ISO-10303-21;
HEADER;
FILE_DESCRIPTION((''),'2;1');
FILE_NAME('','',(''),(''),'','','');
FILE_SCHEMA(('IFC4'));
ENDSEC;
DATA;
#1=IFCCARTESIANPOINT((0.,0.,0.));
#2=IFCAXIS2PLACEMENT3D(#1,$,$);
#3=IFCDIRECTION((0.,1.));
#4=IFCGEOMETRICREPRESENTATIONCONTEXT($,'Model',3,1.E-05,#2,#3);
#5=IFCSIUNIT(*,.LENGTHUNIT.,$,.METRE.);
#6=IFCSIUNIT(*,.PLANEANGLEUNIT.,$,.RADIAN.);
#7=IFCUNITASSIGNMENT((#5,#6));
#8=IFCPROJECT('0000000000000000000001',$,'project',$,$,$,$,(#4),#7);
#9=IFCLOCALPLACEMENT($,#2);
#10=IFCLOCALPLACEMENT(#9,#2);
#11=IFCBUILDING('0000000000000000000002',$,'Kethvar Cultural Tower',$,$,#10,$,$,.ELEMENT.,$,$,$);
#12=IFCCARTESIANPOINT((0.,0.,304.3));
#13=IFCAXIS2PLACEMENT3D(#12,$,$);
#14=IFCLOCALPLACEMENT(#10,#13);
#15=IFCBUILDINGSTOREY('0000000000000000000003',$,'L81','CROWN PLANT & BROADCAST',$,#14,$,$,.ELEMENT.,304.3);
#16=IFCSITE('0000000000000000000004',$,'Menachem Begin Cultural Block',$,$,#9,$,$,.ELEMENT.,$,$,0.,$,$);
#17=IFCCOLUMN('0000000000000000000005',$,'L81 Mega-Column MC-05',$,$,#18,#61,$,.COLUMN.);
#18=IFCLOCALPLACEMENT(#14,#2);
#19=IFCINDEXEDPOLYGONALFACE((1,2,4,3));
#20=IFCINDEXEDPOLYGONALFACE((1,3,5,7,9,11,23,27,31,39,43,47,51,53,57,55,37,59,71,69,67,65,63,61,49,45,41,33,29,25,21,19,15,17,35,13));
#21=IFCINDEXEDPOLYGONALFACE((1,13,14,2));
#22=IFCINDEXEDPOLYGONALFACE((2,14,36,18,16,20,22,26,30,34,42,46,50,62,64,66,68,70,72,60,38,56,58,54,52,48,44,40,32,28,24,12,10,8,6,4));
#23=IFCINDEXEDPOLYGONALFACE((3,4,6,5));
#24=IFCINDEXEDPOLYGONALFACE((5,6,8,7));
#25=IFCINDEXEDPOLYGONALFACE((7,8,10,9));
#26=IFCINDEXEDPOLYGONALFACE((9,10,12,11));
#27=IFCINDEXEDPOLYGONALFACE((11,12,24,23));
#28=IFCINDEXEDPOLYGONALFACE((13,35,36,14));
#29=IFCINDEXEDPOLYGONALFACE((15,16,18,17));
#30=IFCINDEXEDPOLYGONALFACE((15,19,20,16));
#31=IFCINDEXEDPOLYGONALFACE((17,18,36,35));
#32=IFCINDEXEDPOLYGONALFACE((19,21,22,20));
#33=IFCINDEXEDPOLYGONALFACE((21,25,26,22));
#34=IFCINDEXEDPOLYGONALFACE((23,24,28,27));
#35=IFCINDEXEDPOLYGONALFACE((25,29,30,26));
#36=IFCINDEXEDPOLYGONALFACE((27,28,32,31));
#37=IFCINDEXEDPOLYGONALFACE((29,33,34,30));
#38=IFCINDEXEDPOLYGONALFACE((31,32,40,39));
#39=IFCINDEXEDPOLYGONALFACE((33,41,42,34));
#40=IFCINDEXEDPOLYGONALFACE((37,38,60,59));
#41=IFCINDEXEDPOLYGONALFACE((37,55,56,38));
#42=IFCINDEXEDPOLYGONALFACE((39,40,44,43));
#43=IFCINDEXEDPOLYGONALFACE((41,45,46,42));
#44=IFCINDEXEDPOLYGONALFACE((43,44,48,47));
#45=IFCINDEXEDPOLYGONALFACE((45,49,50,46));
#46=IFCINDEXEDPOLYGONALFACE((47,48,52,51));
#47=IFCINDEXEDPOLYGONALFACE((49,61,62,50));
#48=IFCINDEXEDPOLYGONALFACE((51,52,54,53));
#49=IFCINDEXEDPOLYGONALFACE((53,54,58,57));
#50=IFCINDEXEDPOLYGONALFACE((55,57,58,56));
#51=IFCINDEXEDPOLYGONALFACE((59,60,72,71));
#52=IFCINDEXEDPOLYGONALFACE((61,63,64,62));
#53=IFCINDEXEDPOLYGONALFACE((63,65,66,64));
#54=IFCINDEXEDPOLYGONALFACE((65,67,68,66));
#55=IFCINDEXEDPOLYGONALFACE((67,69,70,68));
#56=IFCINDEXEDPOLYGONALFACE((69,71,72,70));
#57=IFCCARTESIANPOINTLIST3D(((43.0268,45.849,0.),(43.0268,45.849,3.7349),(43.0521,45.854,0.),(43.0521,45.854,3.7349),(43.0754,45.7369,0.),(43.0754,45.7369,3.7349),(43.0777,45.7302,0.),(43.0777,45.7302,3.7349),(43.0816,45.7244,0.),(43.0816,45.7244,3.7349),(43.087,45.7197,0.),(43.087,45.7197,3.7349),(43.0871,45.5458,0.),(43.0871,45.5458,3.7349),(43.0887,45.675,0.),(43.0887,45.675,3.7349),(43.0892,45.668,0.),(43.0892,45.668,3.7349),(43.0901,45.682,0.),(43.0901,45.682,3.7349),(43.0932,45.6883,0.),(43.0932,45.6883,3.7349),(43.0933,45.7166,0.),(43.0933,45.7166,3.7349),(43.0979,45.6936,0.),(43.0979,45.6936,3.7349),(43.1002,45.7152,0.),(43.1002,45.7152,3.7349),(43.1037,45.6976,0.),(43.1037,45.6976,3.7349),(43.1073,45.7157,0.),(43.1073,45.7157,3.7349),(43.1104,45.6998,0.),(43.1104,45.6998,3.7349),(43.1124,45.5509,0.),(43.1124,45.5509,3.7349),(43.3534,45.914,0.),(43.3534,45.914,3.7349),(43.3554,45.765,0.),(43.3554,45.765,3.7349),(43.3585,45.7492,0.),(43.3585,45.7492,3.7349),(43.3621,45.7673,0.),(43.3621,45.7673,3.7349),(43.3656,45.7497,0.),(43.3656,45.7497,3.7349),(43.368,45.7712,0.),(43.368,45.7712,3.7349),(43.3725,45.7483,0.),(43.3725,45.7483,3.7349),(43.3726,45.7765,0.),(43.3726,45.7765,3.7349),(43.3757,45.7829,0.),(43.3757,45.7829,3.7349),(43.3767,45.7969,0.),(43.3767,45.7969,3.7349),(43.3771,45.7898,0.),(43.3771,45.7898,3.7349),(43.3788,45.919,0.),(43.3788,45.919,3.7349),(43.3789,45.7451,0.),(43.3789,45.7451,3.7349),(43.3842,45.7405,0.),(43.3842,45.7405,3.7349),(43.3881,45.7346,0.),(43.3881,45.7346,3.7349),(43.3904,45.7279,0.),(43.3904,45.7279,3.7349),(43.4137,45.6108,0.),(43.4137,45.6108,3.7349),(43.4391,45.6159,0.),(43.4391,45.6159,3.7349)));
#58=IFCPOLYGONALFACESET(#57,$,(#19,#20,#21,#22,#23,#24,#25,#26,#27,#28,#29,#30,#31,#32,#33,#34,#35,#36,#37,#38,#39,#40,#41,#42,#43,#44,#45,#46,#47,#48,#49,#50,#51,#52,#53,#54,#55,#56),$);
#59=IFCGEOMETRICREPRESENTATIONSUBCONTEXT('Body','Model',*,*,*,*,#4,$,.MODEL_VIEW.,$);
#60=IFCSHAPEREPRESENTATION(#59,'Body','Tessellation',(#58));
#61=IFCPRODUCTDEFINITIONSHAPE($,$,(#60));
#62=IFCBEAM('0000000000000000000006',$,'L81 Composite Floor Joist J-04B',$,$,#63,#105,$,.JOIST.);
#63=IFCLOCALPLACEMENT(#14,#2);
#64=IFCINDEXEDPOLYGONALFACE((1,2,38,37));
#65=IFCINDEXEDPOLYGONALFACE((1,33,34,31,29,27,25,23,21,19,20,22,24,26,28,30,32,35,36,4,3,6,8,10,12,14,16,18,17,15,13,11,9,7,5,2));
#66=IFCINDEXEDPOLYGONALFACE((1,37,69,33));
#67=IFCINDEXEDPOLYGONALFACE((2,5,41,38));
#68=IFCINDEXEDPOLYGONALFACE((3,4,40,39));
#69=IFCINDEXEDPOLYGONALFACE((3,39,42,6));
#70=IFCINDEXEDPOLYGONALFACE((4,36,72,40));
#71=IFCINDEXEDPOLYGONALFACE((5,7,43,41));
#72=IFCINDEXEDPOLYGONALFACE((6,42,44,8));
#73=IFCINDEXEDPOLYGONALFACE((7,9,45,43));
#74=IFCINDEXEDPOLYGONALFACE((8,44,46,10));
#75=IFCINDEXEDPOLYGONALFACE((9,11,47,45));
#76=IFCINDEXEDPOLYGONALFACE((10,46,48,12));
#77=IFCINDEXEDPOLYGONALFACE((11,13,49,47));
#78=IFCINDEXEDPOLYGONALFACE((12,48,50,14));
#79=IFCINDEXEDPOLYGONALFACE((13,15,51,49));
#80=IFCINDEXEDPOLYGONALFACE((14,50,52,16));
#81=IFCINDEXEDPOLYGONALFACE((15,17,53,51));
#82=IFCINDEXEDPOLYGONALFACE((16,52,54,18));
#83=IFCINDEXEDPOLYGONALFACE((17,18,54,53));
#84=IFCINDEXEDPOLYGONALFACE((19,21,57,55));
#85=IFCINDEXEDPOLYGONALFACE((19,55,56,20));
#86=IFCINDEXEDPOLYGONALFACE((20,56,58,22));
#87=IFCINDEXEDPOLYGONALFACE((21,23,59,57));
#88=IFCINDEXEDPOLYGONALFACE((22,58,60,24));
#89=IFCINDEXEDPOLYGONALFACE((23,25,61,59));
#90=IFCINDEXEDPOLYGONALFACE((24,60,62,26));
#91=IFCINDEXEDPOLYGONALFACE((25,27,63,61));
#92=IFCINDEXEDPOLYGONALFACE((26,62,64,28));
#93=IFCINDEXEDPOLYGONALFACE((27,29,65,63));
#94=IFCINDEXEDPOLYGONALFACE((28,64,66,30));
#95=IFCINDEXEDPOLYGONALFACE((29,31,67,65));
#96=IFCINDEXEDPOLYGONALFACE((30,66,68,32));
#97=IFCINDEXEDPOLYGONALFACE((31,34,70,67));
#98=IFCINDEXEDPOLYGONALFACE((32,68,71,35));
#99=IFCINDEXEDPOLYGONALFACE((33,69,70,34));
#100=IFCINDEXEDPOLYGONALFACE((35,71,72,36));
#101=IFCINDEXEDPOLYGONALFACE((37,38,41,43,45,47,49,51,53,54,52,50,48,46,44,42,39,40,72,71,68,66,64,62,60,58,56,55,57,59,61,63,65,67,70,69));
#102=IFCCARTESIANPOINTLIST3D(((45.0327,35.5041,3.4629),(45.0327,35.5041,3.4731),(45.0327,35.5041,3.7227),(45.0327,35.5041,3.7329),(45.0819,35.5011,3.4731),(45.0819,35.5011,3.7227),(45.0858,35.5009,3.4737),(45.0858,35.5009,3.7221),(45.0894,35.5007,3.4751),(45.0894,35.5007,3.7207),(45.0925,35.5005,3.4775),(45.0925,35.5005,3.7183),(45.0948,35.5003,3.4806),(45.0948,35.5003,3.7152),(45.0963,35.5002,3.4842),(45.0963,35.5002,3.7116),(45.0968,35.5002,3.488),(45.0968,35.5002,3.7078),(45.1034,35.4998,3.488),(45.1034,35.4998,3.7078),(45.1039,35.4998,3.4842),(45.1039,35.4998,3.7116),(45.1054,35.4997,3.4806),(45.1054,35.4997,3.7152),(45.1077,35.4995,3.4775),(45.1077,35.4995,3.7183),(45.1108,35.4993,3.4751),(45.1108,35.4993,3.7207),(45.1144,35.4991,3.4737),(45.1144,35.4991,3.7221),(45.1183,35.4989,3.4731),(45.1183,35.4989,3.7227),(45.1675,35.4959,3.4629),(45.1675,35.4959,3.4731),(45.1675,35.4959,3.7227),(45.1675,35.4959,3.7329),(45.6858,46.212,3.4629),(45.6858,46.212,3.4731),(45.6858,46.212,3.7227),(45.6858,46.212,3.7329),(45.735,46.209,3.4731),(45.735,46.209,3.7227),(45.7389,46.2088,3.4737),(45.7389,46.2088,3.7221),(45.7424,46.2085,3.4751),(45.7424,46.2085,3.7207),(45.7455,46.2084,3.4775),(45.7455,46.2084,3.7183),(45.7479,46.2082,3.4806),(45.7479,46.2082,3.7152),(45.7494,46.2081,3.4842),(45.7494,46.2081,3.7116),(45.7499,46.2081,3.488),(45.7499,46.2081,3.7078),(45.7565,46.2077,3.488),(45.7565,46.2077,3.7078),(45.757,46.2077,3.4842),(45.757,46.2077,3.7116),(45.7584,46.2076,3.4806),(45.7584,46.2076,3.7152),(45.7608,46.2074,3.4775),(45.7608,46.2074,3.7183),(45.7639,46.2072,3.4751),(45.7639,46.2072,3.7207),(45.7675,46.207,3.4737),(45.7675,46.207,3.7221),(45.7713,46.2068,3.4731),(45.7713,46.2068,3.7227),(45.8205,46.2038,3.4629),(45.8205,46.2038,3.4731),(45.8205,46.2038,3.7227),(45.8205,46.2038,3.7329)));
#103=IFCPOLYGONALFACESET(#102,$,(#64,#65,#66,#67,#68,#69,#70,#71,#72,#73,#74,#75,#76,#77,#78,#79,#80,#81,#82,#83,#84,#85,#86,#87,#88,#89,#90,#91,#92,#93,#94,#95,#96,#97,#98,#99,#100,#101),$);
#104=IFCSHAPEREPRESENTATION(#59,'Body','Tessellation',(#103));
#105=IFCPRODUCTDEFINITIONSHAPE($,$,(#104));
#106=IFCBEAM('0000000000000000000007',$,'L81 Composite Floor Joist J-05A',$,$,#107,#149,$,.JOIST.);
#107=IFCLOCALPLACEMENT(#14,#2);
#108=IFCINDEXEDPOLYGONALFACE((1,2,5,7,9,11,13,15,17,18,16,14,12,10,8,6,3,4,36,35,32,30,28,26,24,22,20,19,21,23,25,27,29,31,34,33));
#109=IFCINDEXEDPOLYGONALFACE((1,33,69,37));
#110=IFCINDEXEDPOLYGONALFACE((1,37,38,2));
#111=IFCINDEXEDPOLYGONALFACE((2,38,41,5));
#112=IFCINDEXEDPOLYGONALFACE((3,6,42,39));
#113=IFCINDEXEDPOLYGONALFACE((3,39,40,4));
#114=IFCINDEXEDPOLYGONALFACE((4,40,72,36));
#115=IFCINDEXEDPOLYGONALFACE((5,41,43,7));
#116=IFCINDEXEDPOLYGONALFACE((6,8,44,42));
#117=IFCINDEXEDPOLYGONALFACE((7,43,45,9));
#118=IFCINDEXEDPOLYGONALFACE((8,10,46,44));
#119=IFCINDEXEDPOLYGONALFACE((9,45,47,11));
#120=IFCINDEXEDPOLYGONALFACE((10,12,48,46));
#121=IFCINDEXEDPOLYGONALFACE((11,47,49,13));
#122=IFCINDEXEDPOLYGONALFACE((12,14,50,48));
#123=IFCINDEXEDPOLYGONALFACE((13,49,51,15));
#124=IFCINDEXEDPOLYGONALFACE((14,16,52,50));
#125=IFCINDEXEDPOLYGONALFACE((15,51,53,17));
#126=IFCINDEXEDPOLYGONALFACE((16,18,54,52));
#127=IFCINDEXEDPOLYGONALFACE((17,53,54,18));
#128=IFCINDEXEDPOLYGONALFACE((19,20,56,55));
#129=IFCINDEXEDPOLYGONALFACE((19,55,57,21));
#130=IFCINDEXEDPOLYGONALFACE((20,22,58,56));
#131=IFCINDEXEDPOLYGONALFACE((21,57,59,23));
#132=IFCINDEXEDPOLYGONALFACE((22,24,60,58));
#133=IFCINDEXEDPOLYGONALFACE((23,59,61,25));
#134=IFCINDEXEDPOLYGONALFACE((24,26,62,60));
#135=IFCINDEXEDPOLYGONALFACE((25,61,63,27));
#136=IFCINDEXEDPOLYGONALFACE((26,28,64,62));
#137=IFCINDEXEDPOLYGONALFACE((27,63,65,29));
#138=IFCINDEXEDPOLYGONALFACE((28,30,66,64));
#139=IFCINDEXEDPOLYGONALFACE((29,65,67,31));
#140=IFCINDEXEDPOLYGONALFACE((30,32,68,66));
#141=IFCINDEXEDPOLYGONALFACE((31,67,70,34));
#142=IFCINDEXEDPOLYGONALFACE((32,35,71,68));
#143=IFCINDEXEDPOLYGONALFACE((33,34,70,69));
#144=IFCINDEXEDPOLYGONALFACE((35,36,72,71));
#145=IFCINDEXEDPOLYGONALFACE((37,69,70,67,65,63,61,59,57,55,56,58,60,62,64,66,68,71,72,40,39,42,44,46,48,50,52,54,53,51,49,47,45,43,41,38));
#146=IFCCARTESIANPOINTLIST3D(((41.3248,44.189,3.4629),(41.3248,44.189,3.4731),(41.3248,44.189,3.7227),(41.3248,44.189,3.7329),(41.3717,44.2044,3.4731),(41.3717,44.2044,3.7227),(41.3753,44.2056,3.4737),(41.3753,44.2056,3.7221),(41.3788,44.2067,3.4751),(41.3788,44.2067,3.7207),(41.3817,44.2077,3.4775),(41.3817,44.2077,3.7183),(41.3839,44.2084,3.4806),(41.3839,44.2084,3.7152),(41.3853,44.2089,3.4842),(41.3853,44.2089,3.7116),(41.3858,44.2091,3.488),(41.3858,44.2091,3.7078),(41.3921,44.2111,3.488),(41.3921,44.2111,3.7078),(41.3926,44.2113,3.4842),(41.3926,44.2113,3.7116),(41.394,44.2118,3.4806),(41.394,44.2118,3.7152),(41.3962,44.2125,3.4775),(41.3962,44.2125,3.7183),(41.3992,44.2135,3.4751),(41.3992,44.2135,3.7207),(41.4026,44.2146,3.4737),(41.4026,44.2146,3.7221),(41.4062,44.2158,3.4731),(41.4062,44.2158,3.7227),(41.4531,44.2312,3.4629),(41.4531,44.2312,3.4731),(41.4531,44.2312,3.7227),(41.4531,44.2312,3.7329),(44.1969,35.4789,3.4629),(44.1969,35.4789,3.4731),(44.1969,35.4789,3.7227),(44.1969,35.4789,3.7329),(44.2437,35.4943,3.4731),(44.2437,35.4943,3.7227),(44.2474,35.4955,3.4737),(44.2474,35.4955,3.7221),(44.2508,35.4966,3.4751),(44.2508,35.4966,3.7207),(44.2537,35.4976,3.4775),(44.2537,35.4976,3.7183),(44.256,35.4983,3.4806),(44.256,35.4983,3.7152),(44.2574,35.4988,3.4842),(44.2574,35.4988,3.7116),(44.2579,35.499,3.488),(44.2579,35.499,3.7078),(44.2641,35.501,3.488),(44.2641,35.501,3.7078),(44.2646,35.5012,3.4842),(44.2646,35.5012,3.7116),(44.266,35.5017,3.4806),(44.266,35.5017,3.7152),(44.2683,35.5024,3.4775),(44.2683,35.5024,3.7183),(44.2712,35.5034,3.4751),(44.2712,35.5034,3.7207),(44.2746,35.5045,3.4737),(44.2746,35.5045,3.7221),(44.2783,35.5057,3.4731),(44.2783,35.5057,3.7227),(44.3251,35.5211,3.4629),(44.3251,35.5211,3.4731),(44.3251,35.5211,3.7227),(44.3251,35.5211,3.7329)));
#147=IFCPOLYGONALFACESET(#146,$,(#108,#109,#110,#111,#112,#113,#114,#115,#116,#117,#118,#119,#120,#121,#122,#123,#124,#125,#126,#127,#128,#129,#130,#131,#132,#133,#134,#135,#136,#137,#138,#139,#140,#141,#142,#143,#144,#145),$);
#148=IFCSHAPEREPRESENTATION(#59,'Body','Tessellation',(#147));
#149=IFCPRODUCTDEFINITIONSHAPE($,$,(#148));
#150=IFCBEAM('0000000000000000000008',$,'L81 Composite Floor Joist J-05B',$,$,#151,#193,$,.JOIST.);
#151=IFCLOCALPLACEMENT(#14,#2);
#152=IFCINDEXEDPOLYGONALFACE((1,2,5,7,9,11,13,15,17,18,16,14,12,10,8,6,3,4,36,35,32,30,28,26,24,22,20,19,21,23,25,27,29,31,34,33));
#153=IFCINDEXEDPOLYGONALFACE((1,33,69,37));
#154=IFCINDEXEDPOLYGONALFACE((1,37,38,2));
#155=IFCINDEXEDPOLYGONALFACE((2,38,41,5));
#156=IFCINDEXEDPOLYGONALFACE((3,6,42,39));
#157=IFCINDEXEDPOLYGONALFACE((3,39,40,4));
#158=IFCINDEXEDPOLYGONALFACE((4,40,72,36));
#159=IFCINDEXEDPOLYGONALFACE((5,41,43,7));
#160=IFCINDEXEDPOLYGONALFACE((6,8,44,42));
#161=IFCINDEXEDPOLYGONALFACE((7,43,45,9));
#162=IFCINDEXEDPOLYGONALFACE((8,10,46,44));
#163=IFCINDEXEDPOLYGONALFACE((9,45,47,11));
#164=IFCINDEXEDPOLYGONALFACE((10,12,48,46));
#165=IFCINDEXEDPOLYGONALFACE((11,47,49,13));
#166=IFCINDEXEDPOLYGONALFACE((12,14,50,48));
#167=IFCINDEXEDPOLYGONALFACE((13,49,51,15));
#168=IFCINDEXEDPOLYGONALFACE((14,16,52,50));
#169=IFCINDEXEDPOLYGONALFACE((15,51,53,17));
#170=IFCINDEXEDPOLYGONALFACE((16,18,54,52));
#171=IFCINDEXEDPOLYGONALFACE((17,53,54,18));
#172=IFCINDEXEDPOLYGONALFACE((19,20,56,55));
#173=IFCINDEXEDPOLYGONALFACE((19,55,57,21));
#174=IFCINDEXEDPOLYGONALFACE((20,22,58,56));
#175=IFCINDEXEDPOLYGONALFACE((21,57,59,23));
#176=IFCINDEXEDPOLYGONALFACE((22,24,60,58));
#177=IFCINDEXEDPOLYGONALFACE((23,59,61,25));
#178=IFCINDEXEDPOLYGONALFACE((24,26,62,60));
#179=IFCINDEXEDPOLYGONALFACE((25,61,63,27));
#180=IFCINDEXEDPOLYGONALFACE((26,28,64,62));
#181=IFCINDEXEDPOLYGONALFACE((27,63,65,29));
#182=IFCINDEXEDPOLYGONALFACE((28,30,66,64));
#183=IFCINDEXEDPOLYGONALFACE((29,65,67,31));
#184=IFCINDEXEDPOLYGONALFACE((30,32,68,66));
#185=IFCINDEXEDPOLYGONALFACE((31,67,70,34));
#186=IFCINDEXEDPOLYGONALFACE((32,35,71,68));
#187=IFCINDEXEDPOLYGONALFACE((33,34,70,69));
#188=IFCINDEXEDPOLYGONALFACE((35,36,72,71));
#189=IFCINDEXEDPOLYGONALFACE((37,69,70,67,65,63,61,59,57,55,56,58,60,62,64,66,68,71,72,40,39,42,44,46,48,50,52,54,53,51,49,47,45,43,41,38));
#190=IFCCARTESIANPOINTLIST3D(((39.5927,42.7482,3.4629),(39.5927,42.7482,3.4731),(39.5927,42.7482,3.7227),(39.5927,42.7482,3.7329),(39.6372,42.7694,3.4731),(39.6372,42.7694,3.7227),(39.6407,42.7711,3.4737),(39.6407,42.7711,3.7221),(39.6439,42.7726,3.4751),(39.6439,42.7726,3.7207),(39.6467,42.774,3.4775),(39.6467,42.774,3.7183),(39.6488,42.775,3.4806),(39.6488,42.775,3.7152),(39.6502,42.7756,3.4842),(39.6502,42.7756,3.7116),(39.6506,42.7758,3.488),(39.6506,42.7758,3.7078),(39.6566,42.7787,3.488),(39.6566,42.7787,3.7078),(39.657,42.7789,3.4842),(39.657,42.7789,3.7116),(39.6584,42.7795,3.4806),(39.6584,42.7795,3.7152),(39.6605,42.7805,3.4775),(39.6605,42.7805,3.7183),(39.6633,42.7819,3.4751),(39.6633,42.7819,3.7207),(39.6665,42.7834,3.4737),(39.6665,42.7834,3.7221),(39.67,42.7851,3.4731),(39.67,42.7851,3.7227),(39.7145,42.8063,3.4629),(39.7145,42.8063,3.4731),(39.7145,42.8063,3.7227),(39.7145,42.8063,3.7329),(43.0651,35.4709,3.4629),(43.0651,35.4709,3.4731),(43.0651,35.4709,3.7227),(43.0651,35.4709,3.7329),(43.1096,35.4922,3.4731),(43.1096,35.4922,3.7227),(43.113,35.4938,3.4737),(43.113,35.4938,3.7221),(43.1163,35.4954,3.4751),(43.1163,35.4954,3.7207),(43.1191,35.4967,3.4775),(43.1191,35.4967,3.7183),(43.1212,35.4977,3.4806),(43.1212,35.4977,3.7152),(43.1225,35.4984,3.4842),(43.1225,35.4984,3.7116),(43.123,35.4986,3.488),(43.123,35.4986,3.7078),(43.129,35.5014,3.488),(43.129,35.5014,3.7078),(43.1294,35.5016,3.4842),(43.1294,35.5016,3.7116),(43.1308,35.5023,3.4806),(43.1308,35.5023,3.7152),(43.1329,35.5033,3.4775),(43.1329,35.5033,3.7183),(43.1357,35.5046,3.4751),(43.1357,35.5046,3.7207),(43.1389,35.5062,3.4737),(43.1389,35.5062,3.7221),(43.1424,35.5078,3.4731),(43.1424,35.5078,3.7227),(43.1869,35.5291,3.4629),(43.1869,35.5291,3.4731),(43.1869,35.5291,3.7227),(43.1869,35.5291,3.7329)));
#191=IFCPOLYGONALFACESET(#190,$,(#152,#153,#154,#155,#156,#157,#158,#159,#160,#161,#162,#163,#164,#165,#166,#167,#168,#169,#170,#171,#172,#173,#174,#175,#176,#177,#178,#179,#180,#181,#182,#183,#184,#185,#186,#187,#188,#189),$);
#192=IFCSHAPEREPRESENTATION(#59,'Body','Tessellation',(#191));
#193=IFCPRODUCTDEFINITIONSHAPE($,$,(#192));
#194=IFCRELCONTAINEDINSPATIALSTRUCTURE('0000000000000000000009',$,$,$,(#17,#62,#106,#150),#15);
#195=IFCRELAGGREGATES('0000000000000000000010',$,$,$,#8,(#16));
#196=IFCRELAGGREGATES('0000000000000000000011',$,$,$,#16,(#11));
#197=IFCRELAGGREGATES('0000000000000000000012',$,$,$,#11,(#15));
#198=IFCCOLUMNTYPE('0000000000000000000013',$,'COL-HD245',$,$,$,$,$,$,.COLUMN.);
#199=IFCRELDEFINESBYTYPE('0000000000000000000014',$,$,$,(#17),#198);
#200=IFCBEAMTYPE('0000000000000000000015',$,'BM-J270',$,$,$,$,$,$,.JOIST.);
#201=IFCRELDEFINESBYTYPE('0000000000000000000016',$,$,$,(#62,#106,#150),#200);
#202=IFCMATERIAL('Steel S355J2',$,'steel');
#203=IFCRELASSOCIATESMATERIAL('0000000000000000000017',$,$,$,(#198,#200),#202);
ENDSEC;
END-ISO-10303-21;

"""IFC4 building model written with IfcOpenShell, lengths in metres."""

from ifc_helpers import new_model, si_unit, direction, frame, origin, origin_2d, place, context, subcontext, project, spatial, i_section, extrude, source, transform, mapped, material, material_profile, profile_set, type_object, element, save


model = new_model("IFC4")

# Units and contexts
model_context = context("Model", 3, precision=1e-05, world=origin(), true_north=direction((0.0, 1.0)))
body_context = subcontext(model_context, "Body", "Model", "MODEL_VIEW")
ifc_project = project(units=[si_unit("LENGTHUNIT", "METRE"), si_unit("PLANEANGLEUNIT", "RADIAN")], contexts=[model_context])

# Site, building, storey
site_placement = place(None, origin())
site = spatial("IfcSite", under=ifc_project, at=site_placement, Name="Menachem Begin Cultural Block", CompositionType="ELEMENT", RefElevation=0.0)
building_placement = place(site_placement, origin())
building = spatial("IfcBuilding", under=site, at=building_placement, Name="Kethvar Cultural Tower", CompositionType="ELEMENT")
storey_placement = place(building_placement, frame((0.0, 0.0, 304.3)))
storey = spatial("IfcBuildingStorey", under=building, at=storey_placement, Name="L81", Description="CROWN PLANT & BROADCAST", CompositionType="ELEMENT", Elevation=304.3)

# Column
ifc_material_1 = material(Name="Steel S355J2", Category="steel")
ifc_material_profile_1 = material_profile(ifc_material_1, i_section(OverallWidth=0.3091, OverallDepth=0.3589, WebThickness=0.0161, FlangeThickness=0.0259, FilletRadius=0.0271, at=origin_2d()), Name="Steel S355J2 — HD320x245")
ifc_profile_set_1 = profile_set([ifc_material_profile_1], Name="Steel S355J2 — HD320x245")
column_type = type_object("IfcColumnType", Name="COL-HD245", PredefinedType="COLUMN", material=ifc_profile_set_1)
shared_shape_1 = source(origin(), body_context, "Body", "SweptSolid", [
    extrude(i_section(OverallWidth=0.3091, OverallDepth=0.3589, WebThickness=0.0161, FlangeThickness=0.0259, FilletRadius=0.0271, at=origin_2d()), origin(), (0.0, 0.0, 1.0), 3.7349),
])
column_placement = place(storey_placement, frame((43.2329, 45.7324, 0.0), z_axis=(0.0, 0.0, 1.0), x_axis=(-0.19509, 0.980785, 0.0)))
element("IfcColumn", 1, at=column_placement, inside=storey, type_object=column_type, Name="L81 Mega-Column MC-05", PredefinedType="COLUMN", context=body_context, shape_type="MappedRepresentation", body=[
    mapped(shared_shape_1, transform((0.0, 0.0, 0.0), scale=1.0)),
])

# Beams
ifc_material_profile_2 = material_profile(ifc_material_1, i_section(OverallWidth=0.135, OverallDepth=0.27, WebThickness=0.0066, FlangeThickness=0.0103, FilletRadius=0.0149, at=origin_2d()), Name="Steel S355J2 — IPE270")
ifc_profile_set_2 = profile_set([ifc_material_profile_2], Name="Steel S355J2 — IPE270")
beam_type_1 = type_object("IfcBeamType", Name="BM-J270", PredefinedType="JOIST", material=ifc_profile_set_2)
shared_shape_2 = source(origin(), body_context, "Body", "SweptSolid", [
    extrude(i_section(OverallWidth=0.135, OverallDepth=0.27, WebThickness=0.0066, FlangeThickness=0.0103, FilletRadius=0.0149, at=origin_2d()), origin(), (0.0, 0.0, 1.0), 10.7278),
])
beam_1_placement = place(storey_placement, frame((45.1001, 35.5, 3.5979), z_axis=(0.060876, 0.998145, 0.0), x_axis=(-0.998145, 0.060876, 0.0)))
element("IfcBeam", 2, at=beam_1_placement, inside=storey, type_object=beam_type_1, Name="L81 Composite Floor Joist J-04B", PredefinedType="JOIST", context=body_context, shape_type="MappedRepresentation", body=[
    mapped(shared_shape_2, transform((0.0, 0.0, 0.0), scale=1.0)),
])
shared_shape_3 = source(origin(), body_context, "Body", "SweptSolid", [
    extrude(i_section(OverallWidth=0.135, OverallDepth=0.27, WebThickness=0.0066, FlangeThickness=0.0103, FilletRadius=0.0149, at=origin_2d()), origin(), (0.0, 0.0, 1.0), 9.1714),
])
beam_2_placement = place(storey_placement, frame((44.261, 35.5, 3.5979), z_axis=(-0.313152, 0.949703, 0.0), x_axis=(-0.949703, -0.313152, 0.0)))
element("IfcBeam", 3, at=beam_2_placement, inside=storey, type_object=beam_type_1, Name="L81 Composite Floor Joist J-05A", PredefinedType="JOIST", context=body_context, shape_type="MappedRepresentation", body=[
    mapped(shared_shape_3, transform((0.0, 0.0, 0.0), scale=1.0)),
])
shared_shape_4 = source(origin(), body_context, "Body", "SweptSolid", [
    extrude(i_section(OverallWidth=0.135, OverallDepth=0.27, WebThickness=0.0066, FlangeThickness=0.0103, FilletRadius=0.0149, at=origin_2d()), origin(), (0.0, 0.0, 1.0), 8.0632),
])
beam_3_placement = place(storey_placement, frame((43.126, 35.5, 3.5979), z_axis=(-0.430642, 0.902523, 0.0), x_axis=(-0.902523, -0.430642, 0.0)))
element("IfcBeam", 4, at=beam_3_placement, inside=storey, type_object=beam_type_1, Name="L81 Composite Floor Joist J-05B", PredefinedType="JOIST", context=body_context, shape_type="MappedRepresentation", body=[
    mapped(shared_shape_4, transform((0.0, 0.0, 0.0), scale=1.0)),
])

save(model, "model.ifc")
